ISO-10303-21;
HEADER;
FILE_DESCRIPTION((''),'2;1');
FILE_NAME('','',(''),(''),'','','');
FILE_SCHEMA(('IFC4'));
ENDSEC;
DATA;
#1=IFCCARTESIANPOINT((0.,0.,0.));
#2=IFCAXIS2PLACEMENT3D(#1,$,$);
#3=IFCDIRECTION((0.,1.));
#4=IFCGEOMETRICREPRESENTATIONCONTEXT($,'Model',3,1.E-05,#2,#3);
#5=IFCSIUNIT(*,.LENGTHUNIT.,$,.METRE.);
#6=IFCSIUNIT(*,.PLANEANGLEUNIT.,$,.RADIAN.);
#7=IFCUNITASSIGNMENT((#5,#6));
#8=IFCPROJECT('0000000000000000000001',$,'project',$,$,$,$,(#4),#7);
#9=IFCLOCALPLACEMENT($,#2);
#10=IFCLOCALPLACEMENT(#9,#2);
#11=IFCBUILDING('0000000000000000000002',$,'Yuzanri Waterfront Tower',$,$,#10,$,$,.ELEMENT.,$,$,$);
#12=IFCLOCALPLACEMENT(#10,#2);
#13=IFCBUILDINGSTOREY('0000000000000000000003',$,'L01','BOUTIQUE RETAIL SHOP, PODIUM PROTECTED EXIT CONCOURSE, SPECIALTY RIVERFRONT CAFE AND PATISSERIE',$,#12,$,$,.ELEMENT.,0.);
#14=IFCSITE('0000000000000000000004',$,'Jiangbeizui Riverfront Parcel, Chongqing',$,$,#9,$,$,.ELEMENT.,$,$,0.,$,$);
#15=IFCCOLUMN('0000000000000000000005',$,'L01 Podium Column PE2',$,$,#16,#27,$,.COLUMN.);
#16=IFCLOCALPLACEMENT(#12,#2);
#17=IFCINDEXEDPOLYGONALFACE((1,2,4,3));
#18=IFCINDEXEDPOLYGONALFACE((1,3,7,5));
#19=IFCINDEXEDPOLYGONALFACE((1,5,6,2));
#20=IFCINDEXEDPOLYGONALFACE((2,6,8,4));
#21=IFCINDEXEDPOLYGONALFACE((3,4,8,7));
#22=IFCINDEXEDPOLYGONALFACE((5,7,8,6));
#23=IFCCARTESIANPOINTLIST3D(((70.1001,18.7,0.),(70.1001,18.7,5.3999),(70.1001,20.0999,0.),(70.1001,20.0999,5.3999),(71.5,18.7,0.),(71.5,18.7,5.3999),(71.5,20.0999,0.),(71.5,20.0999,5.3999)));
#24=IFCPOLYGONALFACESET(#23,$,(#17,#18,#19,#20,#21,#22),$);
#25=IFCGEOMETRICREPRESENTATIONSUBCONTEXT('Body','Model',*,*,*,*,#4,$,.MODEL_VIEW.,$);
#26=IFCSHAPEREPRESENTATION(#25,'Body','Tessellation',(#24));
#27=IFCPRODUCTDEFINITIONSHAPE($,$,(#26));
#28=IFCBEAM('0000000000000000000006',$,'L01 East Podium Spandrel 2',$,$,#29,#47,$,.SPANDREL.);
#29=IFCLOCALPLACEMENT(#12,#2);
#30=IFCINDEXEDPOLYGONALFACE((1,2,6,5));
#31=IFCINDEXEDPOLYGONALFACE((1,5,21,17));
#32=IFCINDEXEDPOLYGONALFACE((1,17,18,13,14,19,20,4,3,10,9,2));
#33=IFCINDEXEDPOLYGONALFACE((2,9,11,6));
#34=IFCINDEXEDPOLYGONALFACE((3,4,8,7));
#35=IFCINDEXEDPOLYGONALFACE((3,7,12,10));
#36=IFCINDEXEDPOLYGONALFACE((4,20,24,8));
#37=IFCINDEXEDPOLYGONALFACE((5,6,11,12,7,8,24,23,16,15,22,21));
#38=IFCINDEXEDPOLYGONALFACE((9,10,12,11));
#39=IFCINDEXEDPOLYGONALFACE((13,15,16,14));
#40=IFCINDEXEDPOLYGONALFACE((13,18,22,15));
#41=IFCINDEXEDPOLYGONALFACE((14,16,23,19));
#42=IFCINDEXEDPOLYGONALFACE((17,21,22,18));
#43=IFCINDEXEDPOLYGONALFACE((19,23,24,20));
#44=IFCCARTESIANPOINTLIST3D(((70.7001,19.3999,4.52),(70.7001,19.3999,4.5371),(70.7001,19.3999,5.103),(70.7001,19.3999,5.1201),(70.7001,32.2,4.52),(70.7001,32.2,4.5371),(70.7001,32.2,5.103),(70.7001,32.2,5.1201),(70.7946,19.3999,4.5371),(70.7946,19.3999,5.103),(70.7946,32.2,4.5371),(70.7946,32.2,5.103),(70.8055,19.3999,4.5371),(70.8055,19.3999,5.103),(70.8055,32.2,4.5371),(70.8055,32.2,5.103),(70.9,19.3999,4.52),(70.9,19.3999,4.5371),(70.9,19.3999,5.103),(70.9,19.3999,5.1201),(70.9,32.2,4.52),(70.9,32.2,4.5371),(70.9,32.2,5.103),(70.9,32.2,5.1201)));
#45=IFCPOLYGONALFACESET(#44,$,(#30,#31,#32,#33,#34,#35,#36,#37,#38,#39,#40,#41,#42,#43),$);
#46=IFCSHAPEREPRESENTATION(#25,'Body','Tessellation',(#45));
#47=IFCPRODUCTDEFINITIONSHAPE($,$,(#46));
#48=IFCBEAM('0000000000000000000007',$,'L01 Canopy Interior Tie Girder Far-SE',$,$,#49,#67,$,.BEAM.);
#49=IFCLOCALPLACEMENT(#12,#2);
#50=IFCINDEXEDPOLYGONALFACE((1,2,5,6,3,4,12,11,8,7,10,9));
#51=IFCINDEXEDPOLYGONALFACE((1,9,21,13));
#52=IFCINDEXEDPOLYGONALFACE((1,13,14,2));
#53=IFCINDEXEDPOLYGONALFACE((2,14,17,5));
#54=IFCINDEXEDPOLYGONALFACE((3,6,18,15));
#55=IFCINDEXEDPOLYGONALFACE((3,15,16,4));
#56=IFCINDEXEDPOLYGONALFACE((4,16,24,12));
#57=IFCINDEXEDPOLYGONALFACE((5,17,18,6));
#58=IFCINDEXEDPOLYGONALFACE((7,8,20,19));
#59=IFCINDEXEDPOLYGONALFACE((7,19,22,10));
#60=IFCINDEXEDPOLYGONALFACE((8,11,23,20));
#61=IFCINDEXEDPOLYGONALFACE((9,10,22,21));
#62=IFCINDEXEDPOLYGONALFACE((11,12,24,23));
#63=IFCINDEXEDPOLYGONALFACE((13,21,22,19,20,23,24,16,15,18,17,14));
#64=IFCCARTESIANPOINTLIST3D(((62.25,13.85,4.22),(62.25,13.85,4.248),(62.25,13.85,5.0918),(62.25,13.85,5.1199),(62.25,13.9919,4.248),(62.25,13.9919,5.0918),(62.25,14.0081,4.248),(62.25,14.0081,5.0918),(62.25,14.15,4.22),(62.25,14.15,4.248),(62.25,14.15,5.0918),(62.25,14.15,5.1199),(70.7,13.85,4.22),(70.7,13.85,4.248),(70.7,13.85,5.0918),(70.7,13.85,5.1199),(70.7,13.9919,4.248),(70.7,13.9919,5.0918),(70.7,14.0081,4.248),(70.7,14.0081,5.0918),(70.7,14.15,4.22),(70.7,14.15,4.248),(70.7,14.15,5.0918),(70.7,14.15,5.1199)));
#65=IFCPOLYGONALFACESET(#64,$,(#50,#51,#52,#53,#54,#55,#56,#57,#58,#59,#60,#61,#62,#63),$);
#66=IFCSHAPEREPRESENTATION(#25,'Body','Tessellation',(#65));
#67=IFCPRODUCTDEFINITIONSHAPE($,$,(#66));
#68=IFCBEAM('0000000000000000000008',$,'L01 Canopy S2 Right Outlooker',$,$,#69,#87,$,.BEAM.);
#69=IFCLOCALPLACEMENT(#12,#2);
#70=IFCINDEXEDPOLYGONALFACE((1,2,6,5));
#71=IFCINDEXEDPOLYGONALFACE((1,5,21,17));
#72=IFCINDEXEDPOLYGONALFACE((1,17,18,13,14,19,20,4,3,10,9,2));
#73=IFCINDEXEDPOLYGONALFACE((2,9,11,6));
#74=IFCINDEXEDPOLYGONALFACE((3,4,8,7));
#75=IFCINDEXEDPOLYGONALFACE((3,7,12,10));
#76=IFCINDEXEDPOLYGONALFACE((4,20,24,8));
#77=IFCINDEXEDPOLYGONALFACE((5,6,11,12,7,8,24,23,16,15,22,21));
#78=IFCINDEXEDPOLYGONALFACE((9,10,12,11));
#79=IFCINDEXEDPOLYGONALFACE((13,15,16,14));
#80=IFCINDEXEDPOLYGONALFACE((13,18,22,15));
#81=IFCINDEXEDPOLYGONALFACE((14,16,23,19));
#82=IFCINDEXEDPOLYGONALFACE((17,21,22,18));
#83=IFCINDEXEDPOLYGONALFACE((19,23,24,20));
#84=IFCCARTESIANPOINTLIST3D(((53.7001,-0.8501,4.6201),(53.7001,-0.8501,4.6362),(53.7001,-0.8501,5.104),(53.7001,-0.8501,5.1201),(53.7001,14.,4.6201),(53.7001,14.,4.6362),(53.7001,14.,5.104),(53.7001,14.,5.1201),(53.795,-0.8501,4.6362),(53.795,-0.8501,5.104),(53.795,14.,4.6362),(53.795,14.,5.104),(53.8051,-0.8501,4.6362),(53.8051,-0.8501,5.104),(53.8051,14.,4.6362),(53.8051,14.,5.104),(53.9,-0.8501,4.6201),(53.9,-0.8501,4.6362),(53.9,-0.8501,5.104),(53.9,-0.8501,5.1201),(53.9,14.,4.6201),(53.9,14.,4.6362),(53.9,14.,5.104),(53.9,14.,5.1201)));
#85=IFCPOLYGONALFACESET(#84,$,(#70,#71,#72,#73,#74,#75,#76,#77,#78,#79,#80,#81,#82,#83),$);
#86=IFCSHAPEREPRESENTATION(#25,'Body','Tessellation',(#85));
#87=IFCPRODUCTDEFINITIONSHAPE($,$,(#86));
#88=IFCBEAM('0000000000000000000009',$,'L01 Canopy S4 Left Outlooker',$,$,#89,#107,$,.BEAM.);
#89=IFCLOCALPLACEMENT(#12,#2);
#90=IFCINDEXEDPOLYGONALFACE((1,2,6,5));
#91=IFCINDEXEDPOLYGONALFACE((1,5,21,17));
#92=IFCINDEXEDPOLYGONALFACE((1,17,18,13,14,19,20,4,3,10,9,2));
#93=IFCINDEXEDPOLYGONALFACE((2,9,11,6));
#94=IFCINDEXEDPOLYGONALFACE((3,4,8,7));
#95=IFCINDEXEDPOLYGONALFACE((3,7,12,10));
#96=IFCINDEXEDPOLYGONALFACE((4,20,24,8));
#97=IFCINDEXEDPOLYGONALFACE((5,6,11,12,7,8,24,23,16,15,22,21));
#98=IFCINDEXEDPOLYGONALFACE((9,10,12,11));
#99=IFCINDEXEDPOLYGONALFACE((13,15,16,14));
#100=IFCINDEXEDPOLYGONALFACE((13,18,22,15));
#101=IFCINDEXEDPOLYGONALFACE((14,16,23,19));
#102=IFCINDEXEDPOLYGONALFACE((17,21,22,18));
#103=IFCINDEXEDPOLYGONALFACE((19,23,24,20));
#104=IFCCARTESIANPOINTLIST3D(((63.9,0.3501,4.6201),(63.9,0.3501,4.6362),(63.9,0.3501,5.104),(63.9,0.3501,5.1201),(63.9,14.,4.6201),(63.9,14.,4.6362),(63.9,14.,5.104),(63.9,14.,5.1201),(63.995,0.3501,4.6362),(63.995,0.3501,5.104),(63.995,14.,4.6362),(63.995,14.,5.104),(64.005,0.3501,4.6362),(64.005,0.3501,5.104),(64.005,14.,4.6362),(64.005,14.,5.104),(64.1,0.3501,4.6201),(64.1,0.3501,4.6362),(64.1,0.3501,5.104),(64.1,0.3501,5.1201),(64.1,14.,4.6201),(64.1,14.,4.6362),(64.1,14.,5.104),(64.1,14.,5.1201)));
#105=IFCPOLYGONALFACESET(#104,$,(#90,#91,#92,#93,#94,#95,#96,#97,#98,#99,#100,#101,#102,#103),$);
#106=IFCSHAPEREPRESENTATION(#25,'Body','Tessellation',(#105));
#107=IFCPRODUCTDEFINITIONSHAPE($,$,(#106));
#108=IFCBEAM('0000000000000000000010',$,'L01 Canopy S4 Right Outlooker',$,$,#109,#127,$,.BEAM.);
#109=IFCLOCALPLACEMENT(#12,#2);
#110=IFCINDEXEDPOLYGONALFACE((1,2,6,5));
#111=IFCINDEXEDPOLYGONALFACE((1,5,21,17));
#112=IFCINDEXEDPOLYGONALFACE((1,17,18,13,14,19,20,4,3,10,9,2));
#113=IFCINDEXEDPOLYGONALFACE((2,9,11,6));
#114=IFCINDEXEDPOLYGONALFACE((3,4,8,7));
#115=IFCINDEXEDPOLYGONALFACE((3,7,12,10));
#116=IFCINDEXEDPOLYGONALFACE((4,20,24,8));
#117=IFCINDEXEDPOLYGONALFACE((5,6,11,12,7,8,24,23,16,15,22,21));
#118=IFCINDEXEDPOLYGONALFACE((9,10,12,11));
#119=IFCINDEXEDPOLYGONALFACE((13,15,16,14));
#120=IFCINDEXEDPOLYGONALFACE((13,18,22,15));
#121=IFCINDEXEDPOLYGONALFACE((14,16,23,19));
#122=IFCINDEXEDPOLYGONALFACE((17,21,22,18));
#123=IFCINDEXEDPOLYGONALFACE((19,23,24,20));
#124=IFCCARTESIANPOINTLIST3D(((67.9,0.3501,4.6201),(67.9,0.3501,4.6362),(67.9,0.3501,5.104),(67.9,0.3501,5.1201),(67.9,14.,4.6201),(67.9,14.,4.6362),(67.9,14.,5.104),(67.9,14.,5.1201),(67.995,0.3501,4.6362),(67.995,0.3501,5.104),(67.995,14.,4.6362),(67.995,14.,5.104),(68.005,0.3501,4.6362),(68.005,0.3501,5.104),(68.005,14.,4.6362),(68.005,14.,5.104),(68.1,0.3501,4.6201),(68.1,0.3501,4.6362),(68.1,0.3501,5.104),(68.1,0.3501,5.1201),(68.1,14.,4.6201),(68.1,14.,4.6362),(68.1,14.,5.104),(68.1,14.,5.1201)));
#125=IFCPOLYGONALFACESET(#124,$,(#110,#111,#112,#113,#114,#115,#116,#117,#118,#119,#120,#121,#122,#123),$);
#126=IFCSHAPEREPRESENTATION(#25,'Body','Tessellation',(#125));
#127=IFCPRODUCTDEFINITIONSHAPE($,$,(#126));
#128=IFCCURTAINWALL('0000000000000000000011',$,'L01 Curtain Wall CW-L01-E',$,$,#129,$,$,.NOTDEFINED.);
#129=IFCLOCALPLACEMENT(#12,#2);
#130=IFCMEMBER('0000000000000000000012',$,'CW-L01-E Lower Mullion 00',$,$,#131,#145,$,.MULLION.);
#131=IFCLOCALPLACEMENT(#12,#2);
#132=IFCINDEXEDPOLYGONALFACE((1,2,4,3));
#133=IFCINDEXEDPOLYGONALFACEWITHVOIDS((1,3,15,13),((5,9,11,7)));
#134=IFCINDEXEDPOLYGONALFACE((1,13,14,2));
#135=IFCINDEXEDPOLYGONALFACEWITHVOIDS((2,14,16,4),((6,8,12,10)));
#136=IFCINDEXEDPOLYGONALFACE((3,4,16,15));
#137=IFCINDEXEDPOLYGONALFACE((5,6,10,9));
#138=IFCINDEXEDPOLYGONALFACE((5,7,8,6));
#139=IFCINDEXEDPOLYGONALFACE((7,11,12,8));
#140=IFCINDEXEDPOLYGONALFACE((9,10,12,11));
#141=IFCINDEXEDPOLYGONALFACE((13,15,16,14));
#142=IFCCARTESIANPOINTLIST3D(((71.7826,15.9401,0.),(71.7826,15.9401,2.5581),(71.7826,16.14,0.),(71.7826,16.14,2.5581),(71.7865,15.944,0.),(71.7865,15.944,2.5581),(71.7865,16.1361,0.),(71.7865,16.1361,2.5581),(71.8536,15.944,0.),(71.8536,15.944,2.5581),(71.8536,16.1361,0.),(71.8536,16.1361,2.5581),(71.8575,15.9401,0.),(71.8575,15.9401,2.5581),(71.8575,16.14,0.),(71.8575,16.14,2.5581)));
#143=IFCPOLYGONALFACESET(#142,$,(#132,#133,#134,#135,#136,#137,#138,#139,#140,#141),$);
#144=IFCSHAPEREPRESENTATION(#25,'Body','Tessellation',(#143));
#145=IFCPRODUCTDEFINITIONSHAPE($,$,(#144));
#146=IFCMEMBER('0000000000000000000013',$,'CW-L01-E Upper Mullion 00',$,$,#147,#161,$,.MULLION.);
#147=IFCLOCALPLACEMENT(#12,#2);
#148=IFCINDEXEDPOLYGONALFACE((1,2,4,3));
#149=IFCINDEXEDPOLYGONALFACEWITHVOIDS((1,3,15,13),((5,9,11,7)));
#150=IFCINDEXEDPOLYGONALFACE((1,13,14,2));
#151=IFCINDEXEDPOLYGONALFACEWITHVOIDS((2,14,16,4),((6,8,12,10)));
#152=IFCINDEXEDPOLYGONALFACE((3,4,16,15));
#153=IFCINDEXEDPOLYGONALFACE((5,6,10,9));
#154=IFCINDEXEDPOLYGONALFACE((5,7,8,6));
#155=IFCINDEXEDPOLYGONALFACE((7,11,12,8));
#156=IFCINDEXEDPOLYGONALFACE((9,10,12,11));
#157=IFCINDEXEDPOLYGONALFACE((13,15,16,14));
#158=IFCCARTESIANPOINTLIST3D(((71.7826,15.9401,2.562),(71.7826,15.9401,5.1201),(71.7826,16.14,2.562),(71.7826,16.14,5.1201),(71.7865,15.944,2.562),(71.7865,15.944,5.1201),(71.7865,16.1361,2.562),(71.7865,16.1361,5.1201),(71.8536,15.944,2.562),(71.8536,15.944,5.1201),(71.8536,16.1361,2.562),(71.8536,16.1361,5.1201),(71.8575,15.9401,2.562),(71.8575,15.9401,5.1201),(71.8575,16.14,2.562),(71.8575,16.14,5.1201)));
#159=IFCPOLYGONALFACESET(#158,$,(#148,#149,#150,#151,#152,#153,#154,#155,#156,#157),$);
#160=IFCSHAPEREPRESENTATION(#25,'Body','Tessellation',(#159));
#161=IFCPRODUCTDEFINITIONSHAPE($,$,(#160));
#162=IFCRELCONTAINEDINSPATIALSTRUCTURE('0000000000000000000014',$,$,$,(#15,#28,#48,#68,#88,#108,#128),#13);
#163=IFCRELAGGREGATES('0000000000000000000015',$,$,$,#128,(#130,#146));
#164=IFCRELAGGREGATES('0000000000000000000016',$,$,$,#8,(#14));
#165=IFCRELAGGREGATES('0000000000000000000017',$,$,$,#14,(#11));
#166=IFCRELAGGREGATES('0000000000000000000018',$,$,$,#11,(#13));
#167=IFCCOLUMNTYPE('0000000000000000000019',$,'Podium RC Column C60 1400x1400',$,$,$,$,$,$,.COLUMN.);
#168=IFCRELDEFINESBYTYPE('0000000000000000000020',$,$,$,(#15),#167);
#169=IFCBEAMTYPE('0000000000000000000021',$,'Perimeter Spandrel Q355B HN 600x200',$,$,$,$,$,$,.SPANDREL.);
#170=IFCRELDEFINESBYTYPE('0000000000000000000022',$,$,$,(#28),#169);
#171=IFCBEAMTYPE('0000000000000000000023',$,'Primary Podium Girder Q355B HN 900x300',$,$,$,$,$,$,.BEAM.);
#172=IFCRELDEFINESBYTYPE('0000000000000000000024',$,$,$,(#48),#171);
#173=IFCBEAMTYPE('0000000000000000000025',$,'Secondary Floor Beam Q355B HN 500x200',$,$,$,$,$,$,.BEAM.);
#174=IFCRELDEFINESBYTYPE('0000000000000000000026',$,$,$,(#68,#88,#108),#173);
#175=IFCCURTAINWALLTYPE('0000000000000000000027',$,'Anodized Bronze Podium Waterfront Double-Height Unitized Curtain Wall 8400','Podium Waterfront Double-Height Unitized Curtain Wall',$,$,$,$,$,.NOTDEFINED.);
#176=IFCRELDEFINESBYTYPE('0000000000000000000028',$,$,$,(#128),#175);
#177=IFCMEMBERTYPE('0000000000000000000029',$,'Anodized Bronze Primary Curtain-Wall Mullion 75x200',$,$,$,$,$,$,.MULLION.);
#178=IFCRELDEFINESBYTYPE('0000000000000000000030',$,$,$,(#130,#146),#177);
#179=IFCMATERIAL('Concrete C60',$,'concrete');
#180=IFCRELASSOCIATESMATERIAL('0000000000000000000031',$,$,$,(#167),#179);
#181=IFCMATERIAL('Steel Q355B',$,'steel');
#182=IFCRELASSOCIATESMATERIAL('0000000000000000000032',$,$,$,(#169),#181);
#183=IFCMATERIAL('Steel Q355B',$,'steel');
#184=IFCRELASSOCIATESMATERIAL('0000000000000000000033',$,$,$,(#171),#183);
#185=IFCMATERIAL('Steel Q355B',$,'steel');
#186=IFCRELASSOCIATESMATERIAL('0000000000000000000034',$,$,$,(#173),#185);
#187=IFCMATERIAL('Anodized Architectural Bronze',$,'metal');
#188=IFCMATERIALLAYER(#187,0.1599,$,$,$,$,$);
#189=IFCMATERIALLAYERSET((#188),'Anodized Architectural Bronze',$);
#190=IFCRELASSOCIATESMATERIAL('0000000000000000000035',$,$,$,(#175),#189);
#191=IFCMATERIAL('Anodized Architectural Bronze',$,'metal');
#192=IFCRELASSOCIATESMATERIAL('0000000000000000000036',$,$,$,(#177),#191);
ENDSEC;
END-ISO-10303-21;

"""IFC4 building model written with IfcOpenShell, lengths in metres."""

from ifc_helpers import new_model, si_unit, direction, frame, origin, origin_2d, place, context, subcontext, project, spatial, rectangle, hollow_rectangle, i_section, extrude, source, transform, mapped, material, layer, layer_set, material_profile, profile_set, type_object, element, aggregate, save


model = new_model("IFC4")

# Units and contexts
model_context = context("Model", 3, precision=1e-05, world=origin(), true_north=direction((0.0, 1.0)))
body_context = subcontext(model_context, "Body", "Model", "MODEL_VIEW")
ifc_project = project(units=[si_unit("LENGTHUNIT", "METRE"), si_unit("PLANEANGLEUNIT", "RADIAN")], contexts=[model_context])

# Site, building, storey
site_placement = place(None, origin())
site = spatial("IfcSite", under=ifc_project, at=site_placement, Name="Jiangbeizui Riverfront Parcel, Chongqing", CompositionType="ELEMENT", RefElevation=0.0)
building_placement = place(site_placement, origin())
building = spatial("IfcBuilding", under=site, at=building_placement, Name="Yuzanri Waterfront Tower", CompositionType="ELEMENT")
storey_placement = place(building_placement, origin())
storey = spatial("IfcBuildingStorey", under=building, at=storey_placement, Name="L01", Description="BOUTIQUE RETAIL SHOP, PODIUM PROTECTED EXIT CONCOURSE, SPECIALTY RIVERFRONT CAFE AND PATISSERIE", CompositionType="ELEMENT", Elevation=0.0)

# Column
ifc_material_1 = material(Name="Concrete C60", Category="concrete")
ifc_material_profile_1 = material_profile(ifc_material_1, rectangle(XDim=1.3999, YDim=1.3999, at=origin_2d()), Name="RC 1400x1400")
ifc_profile_set_1 = profile_set([ifc_material_profile_1], Name="Concrete C60")
column_type = type_object("IfcColumnType", Name="Podium RC Column C60 1400x1400", PredefinedType="COLUMN", material=ifc_profile_set_1)
shared_shape_1 = source(origin(), body_context, "Body", "SweptSolid", [
    extrude(rectangle(XDim=1.3999, YDim=1.3999, at=origin_2d()), origin(), (0.0, 0.0, 1.0), 5.3999),
])
column_placement = place(storey_placement, frame((70.8, 19.3999, 0.0), z_axis=(0.0, 0.0, 1.0), x_axis=(1.0, 0.0, 0.0)))
element("IfcColumn", 1, at=column_placement, inside=storey, type_object=column_type, Name="L01 Podium Column PE2", PredefinedType="COLUMN", context=body_context, shape_type="MappedRepresentation", body=[
    mapped(shared_shape_1, transform((0.0, 0.0, 0.0), scale=1.0)),
])

# Beams
ifc_material_2 = material(Name="Steel Q355B", Category="steel")
ifc_material_profile_2 = material_profile(ifc_material_2, i_section(OverallWidth=0.2, OverallDepth=0.6001, WebThickness=0.011, FlangeThickness=0.0171, at=origin_2d()), Name="HN 600x200x11x17")
ifc_profile_set_2 = profile_set([ifc_material_profile_2], Name="Steel Q355B")
beam_type_1 = type_object("IfcBeamType", Name="Perimeter Spandrel Q355B HN 600x200", PredefinedType="SPANDREL", material=ifc_profile_set_2)
shared_shape_2 = source(origin(), body_context, "Body", "SweptSolid", [
    extrude(i_section(OverallWidth=0.2, OverallDepth=0.6001, WebThickness=0.011, FlangeThickness=0.0171, at=origin_2d()), origin(), (0.0, 0.0, 1.0), 12.8),
])
beam_1_placement = place(storey_placement, frame((70.8, 19.3999, 4.8201), z_axis=(0.0, 1.0, 0.0), x_axis=(-1.0, 0.0, 0.0)))
element("IfcBeam", 2, at=beam_1_placement, inside=storey, type_object=beam_type_1, Name="L01 East Podium Spandrel 2", PredefinedType="SPANDREL", context=body_context, shape_type="MappedRepresentation", body=[
    mapped(shared_shape_2, transform((0.0, 0.0, 0.0), scale=1.0)),
])
ifc_material_3 = material(Name="Steel Q355B", Category="steel")
ifc_material_profile_3 = material_profile(ifc_material_3, i_section(OverallWidth=0.3, OverallDepth=0.8999, WebThickness=0.0161, FlangeThickness=0.0281, at=origin_2d()), Name="HN 900x300x16x28")
ifc_profile_set_3 = profile_set([ifc_material_profile_3], Name="Steel Q355B")
beam_type_2 = type_object("IfcBeamType", Name="Primary Podium Girder Q355B HN 900x300", PredefinedType="BEAM", material=ifc_profile_set_3)
shared_shape_3 = source(origin(), body_context, "Body", "SweptSolid", [
    extrude(i_section(OverallWidth=0.3, OverallDepth=0.8999, WebThickness=0.0161, FlangeThickness=0.0281, at=origin_2d()), origin(), (0.0, 0.0, 1.0), 8.45),
])
beam_2_placement = place(storey_placement, frame((62.25, 14.0, 4.6699), z_axis=(1.0, 0.0, 0.0), x_axis=(0.0, 1.0, 0.0)))
element("IfcBeam", 3, at=beam_2_placement, inside=storey, type_object=beam_type_2, Name="L01 Canopy Interior Tie Girder Far-SE", PredefinedType="BEAM", context=body_context, shape_type="MappedRepresentation", body=[
    mapped(shared_shape_3, transform((0.0, 0.0, 0.0), scale=1.0)),
])
ifc_material_4 = material(Name="Steel Q355B", Category="steel")
ifc_material_profile_4 = material_profile(ifc_material_4, i_section(OverallWidth=0.2, OverallDepth=0.5, WebThickness=0.01, FlangeThickness=0.0161, at=origin_2d()), Name="HN 500x200x10x16")
ifc_profile_set_4 = profile_set([ifc_material_profile_4], Name="Steel Q355B")
beam_type_3 = type_object("IfcBeamType", Name="Secondary Floor Beam Q355B HN 500x200", PredefinedType="BEAM", material=ifc_profile_set_4)
shared_shape_4 = source(origin(), body_context, "Body", "SweptSolid", [
    extrude(i_section(OverallWidth=0.2, OverallDepth=0.5, WebThickness=0.01, FlangeThickness=0.0161, at=origin_2d()), origin(), (0.0, 0.0, 1.0), 14.8501),
])
beam_3_placement = place(storey_placement, frame((53.8, 14.0, 4.8701), z_axis=(0.0, -1.0, 0.0), x_axis=(1.0, 0.0, 0.0)))
element("IfcBeam", 4, at=beam_3_placement, inside=storey, type_object=beam_type_3, Name="L01 Canopy S2 Right Outlooker", PredefinedType="BEAM", context=body_context, shape_type="MappedRepresentation", body=[
    mapped(shared_shape_4, transform((0.0, 0.0, 0.0), scale=1.0)),
])
shared_shape_5 = source(origin(), body_context, "Body", "SweptSolid", [
    extrude(i_section(OverallWidth=0.2, OverallDepth=0.5, WebThickness=0.01, FlangeThickness=0.0161, at=origin_2d()), origin(), (0.0, 0.0, 1.0), 13.6499),
])
for number, where, z_axis, x_axis, name in (
    (5, (64.0, 14.0, 4.8701), (0.0, -1.0, 0.0), (1.0, 0.0, 0.0), "L01 Canopy S4 Left Outlooker"),
    (6, (68.0, 14.0, 4.8701), (0.0, -1.0, 0.0), (1.0, 0.0, 0.0), "L01 Canopy S4 Right Outlooker"),
):
    element("IfcBeam", number, at=place(storey_placement, frame(where, z_axis=z_axis, x_axis=x_axis)), inside=storey, type_object=beam_type_3, Name=name, PredefinedType="BEAM", context=body_context, shape_type="MappedRepresentation", body=[
        mapped(shared_shape_5, transform((0.0, 0.0, 0.0), scale=1.0)),
    ])

# Curtain wall, members
ifc_material_5 = material(Name="Anodized Architectural Bronze", Category="metal")
ifc_layer_1 = layer(ifc_material_5, 0.1599)
ifc_layer_set_1 = layer_set([ifc_layer_1], Name="Anodized Architectural Bronze")
curtain_wall_type = type_object("IfcCurtainWallType", Name="Anodized Bronze Podium Waterfront Double-Height Unitized Curtain Wall 8400", Description="Podium Waterfront Double-Height Unitized Curtain Wall", PredefinedType="NOTDEFINED", material=ifc_layer_set_1)
curtain_wall_placement = place(storey_placement, origin())
curtain_wall = element("IfcCurtainWall", 7, at=curtain_wall_placement, inside=storey, type_object=curtain_wall_type, Name="L01 Curtain Wall CW-L01-E", PredefinedType="NOTDEFINED")
ifc_material_6 = material(Name="Anodized Architectural Bronze", Category="metal")
ifc_material_profile_5 = material_profile(ifc_material_6, hollow_rectangle(XDim=0.075, YDim=0.2, WallThickness=0.0039, at=origin_2d()), Name="CWM 75x200")
ifc_profile_set_5 = profile_set([ifc_material_profile_5], Name="Anodized Architectural Bronze")
member_type_1 = type_object("IfcMemberType", Name="Anodized Bronze Primary Curtain-Wall Mullion 75x200", PredefinedType="MULLION", material=ifc_profile_set_5)
shared_shape_6 = source(origin(), body_context, "Body", "SweptSolid", [
    extrude(hollow_rectangle(XDim=0.075, YDim=0.2, WallThickness=0.0039, at=origin_2d()), origin(), (0.0, 0.0, 1.0), 2.5581),
])
member_1_placement = place(storey_placement, frame((71.8201, 16.04, 0.0), z_axis=(0.0, 0.0, 1.0), x_axis=(1.0, 0.0, 0.0)))
member_1 = element("IfcMember", 8, at=member_1_placement, type_object=member_type_1, Name="CW-L01-E Lower Mullion 00", PredefinedType="MULLION", context=body_context, shape_type="MappedRepresentation", body=[
    mapped(shared_shape_6, transform((0.0, 0.0, 0.0), scale=1.0)),
])
member_2_placement = place(storey_placement, frame((71.8201, 16.04, 2.562), z_axis=(0.0, 0.0, 1.0), x_axis=(1.0, 0.0, 0.0)))
member_2 = element("IfcMember", 9, at=member_2_placement, type_object=member_type_1, Name="CW-L01-E Upper Mullion 00", PredefinedType="MULLION", context=body_context, shape_type="MappedRepresentation", body=[
    mapped(shared_shape_6, transform((0.0, 0.0, 0.0), scale=1.0)),
])

aggregate(curtain_wall, [member_1, member_2])

save(model, "model.ifc")
